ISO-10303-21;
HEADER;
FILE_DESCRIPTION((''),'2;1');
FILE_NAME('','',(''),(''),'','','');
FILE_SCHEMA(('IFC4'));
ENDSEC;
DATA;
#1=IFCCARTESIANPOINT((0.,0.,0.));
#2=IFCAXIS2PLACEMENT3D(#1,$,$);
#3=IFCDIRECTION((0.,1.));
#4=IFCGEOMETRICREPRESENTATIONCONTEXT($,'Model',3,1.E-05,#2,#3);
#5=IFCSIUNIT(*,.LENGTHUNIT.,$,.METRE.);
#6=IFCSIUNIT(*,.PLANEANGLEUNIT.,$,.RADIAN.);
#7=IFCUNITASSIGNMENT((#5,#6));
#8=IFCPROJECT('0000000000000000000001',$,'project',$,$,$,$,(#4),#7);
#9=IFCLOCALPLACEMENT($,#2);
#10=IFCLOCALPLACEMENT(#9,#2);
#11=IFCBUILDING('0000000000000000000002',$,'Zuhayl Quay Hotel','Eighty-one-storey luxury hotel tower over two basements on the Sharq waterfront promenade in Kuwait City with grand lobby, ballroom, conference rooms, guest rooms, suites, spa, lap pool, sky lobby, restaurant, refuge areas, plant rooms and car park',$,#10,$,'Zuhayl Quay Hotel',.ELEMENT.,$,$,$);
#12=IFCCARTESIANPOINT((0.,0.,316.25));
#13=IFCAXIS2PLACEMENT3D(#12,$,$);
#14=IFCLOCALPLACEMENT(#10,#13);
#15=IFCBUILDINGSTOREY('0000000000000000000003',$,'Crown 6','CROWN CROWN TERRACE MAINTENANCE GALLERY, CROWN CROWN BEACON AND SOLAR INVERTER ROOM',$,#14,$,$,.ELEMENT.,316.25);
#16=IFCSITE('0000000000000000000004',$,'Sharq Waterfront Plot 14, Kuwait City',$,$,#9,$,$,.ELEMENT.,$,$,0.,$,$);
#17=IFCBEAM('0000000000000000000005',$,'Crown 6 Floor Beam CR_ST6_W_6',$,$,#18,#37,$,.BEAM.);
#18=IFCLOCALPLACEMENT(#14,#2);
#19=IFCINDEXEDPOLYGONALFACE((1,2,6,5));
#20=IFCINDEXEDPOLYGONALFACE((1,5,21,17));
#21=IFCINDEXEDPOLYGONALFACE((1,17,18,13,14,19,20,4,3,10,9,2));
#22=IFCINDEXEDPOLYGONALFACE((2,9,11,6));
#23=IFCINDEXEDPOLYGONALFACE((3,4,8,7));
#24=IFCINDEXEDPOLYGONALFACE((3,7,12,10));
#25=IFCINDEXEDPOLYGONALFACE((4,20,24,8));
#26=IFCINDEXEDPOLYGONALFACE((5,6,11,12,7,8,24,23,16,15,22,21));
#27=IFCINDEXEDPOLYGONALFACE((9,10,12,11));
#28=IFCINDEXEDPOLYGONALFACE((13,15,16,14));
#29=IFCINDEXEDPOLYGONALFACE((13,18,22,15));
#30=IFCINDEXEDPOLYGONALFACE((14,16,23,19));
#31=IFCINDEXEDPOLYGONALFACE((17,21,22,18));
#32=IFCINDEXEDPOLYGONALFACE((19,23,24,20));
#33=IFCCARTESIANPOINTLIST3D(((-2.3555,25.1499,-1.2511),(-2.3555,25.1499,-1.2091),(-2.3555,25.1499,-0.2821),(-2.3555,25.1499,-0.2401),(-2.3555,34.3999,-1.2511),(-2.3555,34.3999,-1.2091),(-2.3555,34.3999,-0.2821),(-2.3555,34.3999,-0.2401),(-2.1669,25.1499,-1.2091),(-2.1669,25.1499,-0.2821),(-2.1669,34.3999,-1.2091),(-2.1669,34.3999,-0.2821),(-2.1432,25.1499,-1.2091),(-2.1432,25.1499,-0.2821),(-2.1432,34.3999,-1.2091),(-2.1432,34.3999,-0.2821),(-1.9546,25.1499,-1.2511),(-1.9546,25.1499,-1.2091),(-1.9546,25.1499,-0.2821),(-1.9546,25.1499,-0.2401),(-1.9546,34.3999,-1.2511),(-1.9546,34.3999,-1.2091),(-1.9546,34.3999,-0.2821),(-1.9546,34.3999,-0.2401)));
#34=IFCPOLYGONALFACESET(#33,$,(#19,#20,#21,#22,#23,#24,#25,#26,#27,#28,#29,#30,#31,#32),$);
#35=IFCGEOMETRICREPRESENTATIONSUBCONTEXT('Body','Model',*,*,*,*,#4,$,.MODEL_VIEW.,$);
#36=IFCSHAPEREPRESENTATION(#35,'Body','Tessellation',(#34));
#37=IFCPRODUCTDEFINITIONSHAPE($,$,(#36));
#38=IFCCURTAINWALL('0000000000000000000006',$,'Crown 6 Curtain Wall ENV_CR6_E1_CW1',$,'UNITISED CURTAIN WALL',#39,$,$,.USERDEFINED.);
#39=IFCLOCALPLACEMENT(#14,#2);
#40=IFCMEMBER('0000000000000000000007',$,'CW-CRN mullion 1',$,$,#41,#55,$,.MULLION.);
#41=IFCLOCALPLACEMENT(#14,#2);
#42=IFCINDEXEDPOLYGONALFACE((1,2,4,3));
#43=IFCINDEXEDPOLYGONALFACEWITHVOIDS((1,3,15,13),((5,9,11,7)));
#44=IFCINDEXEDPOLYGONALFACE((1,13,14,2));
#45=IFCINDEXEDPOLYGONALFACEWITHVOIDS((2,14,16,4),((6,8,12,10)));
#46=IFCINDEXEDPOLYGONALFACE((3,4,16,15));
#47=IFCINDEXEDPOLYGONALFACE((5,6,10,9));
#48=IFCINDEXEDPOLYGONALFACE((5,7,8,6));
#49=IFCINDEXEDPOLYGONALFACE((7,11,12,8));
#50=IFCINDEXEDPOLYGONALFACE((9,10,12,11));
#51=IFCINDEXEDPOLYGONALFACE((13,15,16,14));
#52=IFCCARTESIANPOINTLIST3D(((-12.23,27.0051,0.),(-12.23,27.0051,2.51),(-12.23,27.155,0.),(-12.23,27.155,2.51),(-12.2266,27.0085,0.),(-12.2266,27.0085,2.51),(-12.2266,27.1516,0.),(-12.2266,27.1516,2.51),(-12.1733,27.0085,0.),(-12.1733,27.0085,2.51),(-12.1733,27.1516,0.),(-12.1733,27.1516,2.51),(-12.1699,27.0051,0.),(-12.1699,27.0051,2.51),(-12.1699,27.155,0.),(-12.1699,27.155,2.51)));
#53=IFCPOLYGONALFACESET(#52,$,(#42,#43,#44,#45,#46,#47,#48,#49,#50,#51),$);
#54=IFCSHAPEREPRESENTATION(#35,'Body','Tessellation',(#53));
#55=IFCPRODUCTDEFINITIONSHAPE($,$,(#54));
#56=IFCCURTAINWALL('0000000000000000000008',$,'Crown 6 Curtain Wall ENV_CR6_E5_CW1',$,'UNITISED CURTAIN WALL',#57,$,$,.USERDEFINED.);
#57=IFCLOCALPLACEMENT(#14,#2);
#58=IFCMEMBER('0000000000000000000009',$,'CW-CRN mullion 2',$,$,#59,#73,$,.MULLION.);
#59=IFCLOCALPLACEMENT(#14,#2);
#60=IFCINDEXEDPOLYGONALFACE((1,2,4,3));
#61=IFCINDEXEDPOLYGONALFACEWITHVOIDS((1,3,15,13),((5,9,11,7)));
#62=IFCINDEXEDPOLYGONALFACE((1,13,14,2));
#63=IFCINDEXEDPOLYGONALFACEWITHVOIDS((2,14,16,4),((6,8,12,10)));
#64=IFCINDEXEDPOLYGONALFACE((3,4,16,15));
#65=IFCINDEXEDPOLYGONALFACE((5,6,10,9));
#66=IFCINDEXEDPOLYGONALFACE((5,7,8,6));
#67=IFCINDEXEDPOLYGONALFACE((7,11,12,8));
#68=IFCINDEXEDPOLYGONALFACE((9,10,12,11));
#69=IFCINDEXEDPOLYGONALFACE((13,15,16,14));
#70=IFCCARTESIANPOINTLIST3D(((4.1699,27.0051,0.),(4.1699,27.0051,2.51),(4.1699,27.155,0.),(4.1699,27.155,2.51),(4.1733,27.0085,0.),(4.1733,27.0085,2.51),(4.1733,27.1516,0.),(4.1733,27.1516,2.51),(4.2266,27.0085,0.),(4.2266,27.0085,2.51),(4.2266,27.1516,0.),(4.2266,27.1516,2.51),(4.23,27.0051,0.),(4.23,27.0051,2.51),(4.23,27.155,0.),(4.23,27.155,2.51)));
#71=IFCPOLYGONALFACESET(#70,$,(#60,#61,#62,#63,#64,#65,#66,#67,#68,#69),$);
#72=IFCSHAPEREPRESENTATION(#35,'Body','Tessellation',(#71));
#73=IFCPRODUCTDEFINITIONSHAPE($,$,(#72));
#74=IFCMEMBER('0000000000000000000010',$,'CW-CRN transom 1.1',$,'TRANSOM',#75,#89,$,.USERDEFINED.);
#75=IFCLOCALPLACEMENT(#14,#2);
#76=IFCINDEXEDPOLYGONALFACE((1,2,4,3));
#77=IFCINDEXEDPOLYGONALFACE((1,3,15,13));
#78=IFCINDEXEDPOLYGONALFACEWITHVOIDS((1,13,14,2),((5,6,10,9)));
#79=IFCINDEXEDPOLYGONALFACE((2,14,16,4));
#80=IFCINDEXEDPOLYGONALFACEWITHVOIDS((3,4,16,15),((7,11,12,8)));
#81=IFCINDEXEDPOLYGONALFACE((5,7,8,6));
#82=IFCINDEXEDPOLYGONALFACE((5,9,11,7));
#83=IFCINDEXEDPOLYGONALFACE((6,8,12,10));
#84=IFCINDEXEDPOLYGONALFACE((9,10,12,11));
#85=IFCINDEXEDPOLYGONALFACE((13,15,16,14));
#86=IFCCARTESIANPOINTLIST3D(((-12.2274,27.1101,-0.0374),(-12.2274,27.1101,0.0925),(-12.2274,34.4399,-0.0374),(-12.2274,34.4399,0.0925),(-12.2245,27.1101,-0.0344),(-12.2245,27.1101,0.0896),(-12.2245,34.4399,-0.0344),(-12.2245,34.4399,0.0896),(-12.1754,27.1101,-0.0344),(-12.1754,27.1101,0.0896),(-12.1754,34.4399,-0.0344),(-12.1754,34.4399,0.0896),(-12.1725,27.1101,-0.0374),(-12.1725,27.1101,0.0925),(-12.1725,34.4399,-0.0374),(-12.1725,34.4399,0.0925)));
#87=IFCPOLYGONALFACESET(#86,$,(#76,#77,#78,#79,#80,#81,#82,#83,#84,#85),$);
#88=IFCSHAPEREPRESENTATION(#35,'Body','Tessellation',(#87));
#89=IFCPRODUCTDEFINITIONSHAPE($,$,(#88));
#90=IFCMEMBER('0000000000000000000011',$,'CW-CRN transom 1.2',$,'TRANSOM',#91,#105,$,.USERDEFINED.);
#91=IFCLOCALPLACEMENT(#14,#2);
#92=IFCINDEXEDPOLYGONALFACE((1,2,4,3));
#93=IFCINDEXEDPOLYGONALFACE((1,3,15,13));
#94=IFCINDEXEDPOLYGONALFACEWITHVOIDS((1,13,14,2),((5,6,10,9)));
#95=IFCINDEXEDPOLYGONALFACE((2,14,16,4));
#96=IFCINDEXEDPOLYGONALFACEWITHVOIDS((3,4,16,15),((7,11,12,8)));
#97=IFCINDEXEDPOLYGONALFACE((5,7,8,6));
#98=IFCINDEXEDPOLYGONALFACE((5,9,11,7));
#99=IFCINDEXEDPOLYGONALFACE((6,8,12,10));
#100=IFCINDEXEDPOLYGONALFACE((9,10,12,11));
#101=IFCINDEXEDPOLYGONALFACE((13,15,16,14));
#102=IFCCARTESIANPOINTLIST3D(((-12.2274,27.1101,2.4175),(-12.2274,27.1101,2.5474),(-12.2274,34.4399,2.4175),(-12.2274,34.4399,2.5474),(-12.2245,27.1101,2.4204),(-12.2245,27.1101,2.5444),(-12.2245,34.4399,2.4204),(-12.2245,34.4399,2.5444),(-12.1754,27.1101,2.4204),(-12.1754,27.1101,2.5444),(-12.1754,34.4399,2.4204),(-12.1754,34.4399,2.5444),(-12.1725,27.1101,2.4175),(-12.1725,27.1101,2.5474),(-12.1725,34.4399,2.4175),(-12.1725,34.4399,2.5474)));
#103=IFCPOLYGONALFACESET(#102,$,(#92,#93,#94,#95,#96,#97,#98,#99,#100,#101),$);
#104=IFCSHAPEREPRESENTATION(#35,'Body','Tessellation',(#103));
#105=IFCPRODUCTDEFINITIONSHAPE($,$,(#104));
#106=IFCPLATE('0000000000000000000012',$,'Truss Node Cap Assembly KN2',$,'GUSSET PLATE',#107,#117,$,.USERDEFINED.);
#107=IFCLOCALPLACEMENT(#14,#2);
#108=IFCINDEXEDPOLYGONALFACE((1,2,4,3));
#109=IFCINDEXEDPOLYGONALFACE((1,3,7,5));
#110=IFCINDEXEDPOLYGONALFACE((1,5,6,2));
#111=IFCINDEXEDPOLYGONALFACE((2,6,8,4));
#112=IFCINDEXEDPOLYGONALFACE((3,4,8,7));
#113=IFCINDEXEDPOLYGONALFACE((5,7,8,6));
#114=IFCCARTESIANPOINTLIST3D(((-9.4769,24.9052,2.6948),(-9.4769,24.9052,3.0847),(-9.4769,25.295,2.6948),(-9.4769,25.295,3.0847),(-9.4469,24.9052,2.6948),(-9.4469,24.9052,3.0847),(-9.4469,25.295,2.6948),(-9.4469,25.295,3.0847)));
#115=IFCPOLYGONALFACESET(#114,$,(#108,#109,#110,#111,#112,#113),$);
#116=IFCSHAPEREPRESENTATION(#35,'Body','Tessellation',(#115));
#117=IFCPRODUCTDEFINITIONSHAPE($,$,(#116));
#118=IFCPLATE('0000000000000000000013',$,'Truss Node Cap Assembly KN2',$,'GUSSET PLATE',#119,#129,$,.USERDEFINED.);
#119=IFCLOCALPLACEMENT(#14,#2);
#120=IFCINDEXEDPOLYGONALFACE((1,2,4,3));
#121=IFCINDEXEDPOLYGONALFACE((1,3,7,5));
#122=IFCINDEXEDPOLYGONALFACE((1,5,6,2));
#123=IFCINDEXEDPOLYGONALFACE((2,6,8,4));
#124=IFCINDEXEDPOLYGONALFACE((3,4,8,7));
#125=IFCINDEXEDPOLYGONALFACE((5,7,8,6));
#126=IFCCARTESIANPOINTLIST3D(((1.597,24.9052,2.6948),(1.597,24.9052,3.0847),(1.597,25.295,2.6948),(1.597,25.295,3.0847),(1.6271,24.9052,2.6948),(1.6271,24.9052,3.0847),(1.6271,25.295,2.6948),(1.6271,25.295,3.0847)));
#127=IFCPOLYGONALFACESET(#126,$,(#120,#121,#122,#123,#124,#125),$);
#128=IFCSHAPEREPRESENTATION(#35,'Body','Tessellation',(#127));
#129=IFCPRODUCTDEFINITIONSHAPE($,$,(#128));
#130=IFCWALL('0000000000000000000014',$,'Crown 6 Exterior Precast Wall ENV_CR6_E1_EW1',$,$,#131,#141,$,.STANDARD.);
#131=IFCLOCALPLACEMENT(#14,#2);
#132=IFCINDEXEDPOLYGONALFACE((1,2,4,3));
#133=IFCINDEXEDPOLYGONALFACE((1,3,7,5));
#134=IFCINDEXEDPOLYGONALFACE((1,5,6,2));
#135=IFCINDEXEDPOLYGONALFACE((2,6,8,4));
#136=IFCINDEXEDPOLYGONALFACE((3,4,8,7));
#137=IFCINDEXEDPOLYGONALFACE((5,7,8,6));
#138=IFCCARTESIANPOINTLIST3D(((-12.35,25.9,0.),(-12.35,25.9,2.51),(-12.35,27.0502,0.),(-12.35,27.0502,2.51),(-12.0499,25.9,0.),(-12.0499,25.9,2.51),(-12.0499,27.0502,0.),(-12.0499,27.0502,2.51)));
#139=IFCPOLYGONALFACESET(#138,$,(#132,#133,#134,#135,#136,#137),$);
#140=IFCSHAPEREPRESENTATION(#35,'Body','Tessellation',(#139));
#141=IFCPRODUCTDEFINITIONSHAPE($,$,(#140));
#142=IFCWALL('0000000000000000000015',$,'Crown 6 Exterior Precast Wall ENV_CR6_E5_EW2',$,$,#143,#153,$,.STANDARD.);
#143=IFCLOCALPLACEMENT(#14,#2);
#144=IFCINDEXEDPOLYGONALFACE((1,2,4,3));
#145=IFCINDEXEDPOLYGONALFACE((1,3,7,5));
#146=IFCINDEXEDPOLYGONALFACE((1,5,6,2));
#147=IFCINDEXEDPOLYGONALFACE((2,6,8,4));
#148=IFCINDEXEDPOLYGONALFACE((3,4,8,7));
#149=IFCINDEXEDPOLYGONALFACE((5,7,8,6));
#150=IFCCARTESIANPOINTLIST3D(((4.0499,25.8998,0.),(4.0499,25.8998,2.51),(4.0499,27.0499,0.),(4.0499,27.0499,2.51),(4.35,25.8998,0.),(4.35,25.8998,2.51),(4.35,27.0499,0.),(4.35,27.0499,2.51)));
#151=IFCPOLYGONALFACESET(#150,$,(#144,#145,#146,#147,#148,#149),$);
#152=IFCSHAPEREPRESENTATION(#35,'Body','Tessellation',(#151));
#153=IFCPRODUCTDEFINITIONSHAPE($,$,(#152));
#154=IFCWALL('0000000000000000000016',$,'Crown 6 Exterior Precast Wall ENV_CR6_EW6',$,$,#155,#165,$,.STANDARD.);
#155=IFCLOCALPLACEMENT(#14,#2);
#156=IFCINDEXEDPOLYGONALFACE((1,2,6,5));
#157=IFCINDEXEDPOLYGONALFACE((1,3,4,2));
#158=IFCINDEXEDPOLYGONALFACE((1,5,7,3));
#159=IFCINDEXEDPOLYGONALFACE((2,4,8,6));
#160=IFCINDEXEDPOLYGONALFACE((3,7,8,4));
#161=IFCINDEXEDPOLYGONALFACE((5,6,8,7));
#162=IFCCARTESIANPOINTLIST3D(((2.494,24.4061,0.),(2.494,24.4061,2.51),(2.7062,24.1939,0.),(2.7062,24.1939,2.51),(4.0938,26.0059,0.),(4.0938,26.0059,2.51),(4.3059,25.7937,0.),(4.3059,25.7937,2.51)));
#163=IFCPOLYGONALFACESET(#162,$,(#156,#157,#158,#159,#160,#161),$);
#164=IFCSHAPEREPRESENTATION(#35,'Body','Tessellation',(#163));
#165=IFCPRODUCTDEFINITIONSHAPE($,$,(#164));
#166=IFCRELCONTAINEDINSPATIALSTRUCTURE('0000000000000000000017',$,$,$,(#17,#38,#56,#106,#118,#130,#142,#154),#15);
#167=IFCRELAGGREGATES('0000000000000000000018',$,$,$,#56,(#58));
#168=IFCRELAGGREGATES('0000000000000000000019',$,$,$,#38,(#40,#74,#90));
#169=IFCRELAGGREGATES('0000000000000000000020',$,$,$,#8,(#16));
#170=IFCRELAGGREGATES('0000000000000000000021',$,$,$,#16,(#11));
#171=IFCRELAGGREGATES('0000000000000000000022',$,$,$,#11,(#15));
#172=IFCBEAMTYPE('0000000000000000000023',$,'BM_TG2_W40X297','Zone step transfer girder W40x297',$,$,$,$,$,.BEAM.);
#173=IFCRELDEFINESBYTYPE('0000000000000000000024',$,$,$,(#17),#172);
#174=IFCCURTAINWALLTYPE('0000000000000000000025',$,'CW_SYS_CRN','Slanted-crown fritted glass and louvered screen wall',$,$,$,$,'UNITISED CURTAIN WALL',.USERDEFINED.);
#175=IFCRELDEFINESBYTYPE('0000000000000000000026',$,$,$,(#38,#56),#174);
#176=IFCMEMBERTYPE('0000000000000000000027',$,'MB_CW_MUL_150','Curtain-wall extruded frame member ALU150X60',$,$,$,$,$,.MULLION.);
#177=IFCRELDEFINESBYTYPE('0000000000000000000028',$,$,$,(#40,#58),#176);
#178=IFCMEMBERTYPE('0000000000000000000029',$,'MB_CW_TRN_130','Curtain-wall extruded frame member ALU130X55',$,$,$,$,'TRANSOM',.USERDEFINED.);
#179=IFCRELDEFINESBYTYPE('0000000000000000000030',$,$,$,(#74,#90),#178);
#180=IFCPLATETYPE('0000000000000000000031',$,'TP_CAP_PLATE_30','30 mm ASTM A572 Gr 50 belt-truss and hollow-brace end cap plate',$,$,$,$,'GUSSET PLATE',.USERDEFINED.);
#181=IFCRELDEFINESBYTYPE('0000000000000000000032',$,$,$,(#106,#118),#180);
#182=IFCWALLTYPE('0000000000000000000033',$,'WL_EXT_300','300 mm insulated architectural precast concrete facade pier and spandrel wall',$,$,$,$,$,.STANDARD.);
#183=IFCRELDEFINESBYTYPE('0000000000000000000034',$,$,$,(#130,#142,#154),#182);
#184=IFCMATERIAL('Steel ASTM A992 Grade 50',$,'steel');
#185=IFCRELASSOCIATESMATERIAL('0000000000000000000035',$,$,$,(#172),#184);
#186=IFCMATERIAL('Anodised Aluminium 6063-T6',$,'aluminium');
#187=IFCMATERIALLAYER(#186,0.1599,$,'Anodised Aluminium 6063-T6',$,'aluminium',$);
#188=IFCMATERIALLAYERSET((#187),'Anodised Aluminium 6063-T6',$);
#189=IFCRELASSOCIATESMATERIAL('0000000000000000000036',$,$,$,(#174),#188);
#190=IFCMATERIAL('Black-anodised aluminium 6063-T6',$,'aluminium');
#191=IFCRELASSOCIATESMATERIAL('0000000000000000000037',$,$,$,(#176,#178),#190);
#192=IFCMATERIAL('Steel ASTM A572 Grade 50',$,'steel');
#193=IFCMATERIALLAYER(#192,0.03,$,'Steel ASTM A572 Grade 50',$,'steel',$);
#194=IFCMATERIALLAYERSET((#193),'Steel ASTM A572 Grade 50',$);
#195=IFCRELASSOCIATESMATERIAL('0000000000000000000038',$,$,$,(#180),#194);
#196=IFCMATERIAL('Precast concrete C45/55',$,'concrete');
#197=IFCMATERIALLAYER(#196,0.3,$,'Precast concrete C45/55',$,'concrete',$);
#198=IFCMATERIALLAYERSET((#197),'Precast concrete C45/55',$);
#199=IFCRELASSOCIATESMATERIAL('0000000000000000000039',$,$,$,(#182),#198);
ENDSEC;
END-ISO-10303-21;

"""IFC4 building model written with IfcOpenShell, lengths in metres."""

from ifc_helpers import new_model, si_unit, direction, frame, frame_2d, origin, origin_2d, place, context, subcontext, project, spatial, rectangle, hollow_rectangle, i_section, extrude, material, layer, layer_set, material_profile, profile_set, type_object, element, aggregate, save


model = new_model("IFC4")

# Units and contexts
model_context = context("Model", 3, precision=1e-05, world=origin(), true_north=direction((0.0, 1.0)))
body_context = subcontext(model_context, "Body", "Model", "MODEL_VIEW")
ifc_project = project(units=[si_unit("LENGTHUNIT", "METRE"), si_unit("PLANEANGLEUNIT", "RADIAN")], contexts=[model_context])

# Site, building, storey
site_placement = place(None, origin())
site = spatial("IfcSite", under=ifc_project, at=site_placement, Name="Sharq Waterfront Plot 14, Kuwait City", CompositionType="ELEMENT", RefElevation=0.0)
building_placement = place(site_placement, origin())
building = spatial("IfcBuilding", under=site, at=building_placement, Name="Zuhayl Quay Hotel", Description="Eighty-one-storey luxury hotel tower over two basements on the Sharq waterfront promenade in Kuwait City with grand lobby, ballroom, conference rooms, guest rooms, suites, spa, lap pool, sky lobby, restaurant, refuge areas, plant rooms and car park", LongName="Zuhayl Quay Hotel", CompositionType="ELEMENT")
storey_placement = place(building_placement, frame((0.0, 0.0, 316.25)))
storey = spatial("IfcBuildingStorey", under=building, at=storey_placement, Name="Crown 6", Description="CROWN CROWN TERRACE MAINTENANCE GALLERY, CROWN CROWN BEACON AND SOLAR INVERTER ROOM", CompositionType="ELEMENT", Elevation=316.25)

# Beam
ifc_material_1 = material(Name="Steel ASTM A992 Grade 50", Category="steel")
ifc_material_profile_1 = material_profile(ifc_material_1, i_section(OverallWidth=0.4009, OverallDepth=1.011, WebThickness=0.0237, FlangeThickness=0.042, at=origin_2d()), Name="W40X297")
ifc_profile_set_1 = profile_set([ifc_material_profile_1], Name="Steel ASTM A992 Grade 50")
beam_type_1 = type_object("IfcBeamType", Name="BM_TG2_W40X297", Description="Zone step transfer girder W40x297", PredefinedType="BEAM", material=ifc_profile_set_1)
for number, where, z_axis, x_axis, name in (
    (1, (-2.155, 25.1499, -0.7456), (0.0, 1.0, 0.0), (-1.0, 0.0, 0.0), "Crown 6 Floor Beam CR_ST6_W_6"),
):
    element("IfcBeam", number, at=place(storey_placement, frame(where, z_axis=z_axis, x_axis=x_axis)), inside=storey, type_object=beam_type_1, Name=name, PredefinedType="BEAM", context=body_context, shape_type="SweptSolid", body=[
        extrude(i_section(OverallWidth=0.4009, OverallDepth=1.011, WebThickness=0.0237, FlangeThickness=0.042, at=origin_2d()), origin(), (0.0, 0.0, 1.0), 9.25),
    ])

# Curtain walls, members
ifc_material_2 = material(Name="Anodised Aluminium 6063-T6", Category="aluminium")
ifc_layer_1 = layer(ifc_material_2, 0.1599, Name="Anodised Aluminium 6063-T6", Category="aluminium")
ifc_layer_set_1 = layer_set([ifc_layer_1], Name="Anodised Aluminium 6063-T6")
curtain_wall_type = type_object("IfcCurtainWallType", Name="CW_SYS_CRN", Description="Slanted-crown fritted glass and louvered screen wall", ElementType="UNITISED CURTAIN WALL", PredefinedType="USERDEFINED", material=ifc_layer_set_1)
curtain_wall_1_placement = place(storey_placement, origin())
curtain_wall_1 = element("IfcCurtainWall", 2, at=curtain_wall_1_placement, inside=storey, type_object=curtain_wall_type, Name="Crown 6 Curtain Wall ENV_CR6_E1_CW1", ObjectType="UNITISED CURTAIN WALL", PredefinedType="USERDEFINED")
ifc_material_3 = material(Name="Black-anodised aluminium 6063-T6", Category="aluminium")
ifc_material_profile_2 = material_profile(ifc_material_3, hollow_rectangle(XDim=0.0601, YDim=0.1499, WallThickness=0.0034, at=origin_2d()), Name="ALU150X60")
ifc_profile_set_2 = profile_set([ifc_material_profile_2], Name="Black-anodised aluminium 6063-T6")
member_type_1 = type_object("IfcMemberType", Name="MB_CW_MUL_150", Description="Curtain-wall extruded frame member ALU150X60", PredefinedType="MULLION", material=ifc_profile_set_2)
member_1_placement = place(storey_placement, frame((-12.2, 27.0801, 0.0), z_axis=(0.0, 0.0, 1.0), x_axis=(-1.0, 0.0, 0.0)))
member_1 = element("IfcMember", 3, at=member_1_placement, type_object=member_type_1, Name="CW-CRN mullion 1", PredefinedType="MULLION", context=body_context, shape_type="SweptSolid", body=[
    extrude(hollow_rectangle(XDim=0.0601, YDim=0.1499, WallThickness=0.0034, at=origin_2d()), origin(), (0.0, 0.0, 1.0), 2.51),
])
curtain_wall_2_placement = place(storey_placement, origin())
curtain_wall_2 = element("IfcCurtainWall", 4, at=curtain_wall_2_placement, inside=storey, type_object=curtain_wall_type, Name="Crown 6 Curtain Wall ENV_CR6_E5_CW1", ObjectType="UNITISED CURTAIN WALL", PredefinedType="USERDEFINED")
member_2_placement = place(storey_placement, frame((4.2, 27.0801, 0.0), z_axis=(0.0, 0.0, 1.0), x_axis=(1.0, 0.0, 0.0)))
member_2 = element("IfcMember", 5, at=member_2_placement, type_object=member_type_1, Name="CW-CRN mullion 2", PredefinedType="MULLION", context=body_context, shape_type="SweptSolid", body=[
    extrude(hollow_rectangle(XDim=0.0601, YDim=0.1499, WallThickness=0.0034, at=origin_2d()), origin(), (0.0, 0.0, 1.0), 2.51),
])
aggregate(curtain_wall_2, [member_2])

# Members
ifc_material_profile_3 = material_profile(ifc_material_3, hollow_rectangle(XDim=0.0549, YDim=0.1299, WallThickness=0.0029, at=origin_2d()), Name="ALU130X55")
ifc_profile_set_3 = profile_set([ifc_material_profile_3], Name="Black-anodised aluminium 6063-T6")
member_type_2 = type_object("IfcMemberType", Name="MB_CW_TRN_130", Description="Curtain-wall extruded frame member ALU130X55", ElementType="TRANSOM", PredefinedType="USERDEFINED", material=ifc_profile_set_3)
member_3_placement = place(storey_placement, frame((-12.2, 27.1101, 0.0276), z_axis=(0.0, 1.0, 0.0), x_axis=(-1.0, 0.0, 0.0)))
member_3 = element("IfcMember", 6, at=member_3_placement, type_object=member_type_2, Name="CW-CRN transom 1.1", ObjectType="TRANSOM", PredefinedType="USERDEFINED", context=body_context, shape_type="SweptSolid", body=[
    extrude(hollow_rectangle(XDim=0.0549, YDim=0.1299, WallThickness=0.0029, at=origin_2d()), origin(), (0.0, 0.0, 1.0), 7.3298),
])
member_4_placement = place(storey_placement, frame((-12.2, 27.1101, 2.4824), z_axis=(0.0, 1.0, 0.0), x_axis=(-1.0, 0.0, 0.0)))
member_4 = element("IfcMember", 7, at=member_4_placement, type_object=member_type_2, Name="CW-CRN transom 1.2", ObjectType="TRANSOM", PredefinedType="USERDEFINED", context=body_context, shape_type="SweptSolid", body=[
    extrude(hollow_rectangle(XDim=0.0549, YDim=0.1299, WallThickness=0.0029, at=origin_2d()), origin(), (0.0, 0.0, 1.0), 7.3298),
])
aggregate(curtain_wall_1, [member_1, member_3, member_4])

# Plates
ifc_material_4 = material(Name="Steel ASTM A572 Grade 50", Category="steel")
ifc_layer_2 = layer(ifc_material_4, 0.03, Name="Steel ASTM A572 Grade 50", Category="steel")
ifc_layer_set_2 = layer_set([ifc_layer_2], Name="Steel ASTM A572 Grade 50")
plate_type = type_object("IfcPlateType", Name="TP_CAP_PLATE_30", Description="30 mm ASTM A572 Gr 50 belt-truss and hollow-brace end cap plate", ElementType="GUSSET PLATE", PredefinedType="USERDEFINED", material=ifc_layer_set_2)
for number, where, z_axis, x_axis, name in (
    (8, (-9.4619, 25.1001, 2.6948), (0.0, 0.0, 1.0), (-1.0, 0.0, 0.0), "Truss Node Cap Assembly KN2"),
    (9, (1.6121, 25.1001, 2.6948), (0.0, 0.0, 1.0), (1.0, 0.0, 0.0), "Truss Node Cap Assembly KN2"),
):
    element("IfcPlate", number, at=place(storey_placement, frame(where, z_axis=z_axis, x_axis=x_axis)), inside=storey, type_object=plate_type, Name=name, ObjectType="GUSSET PLATE", PredefinedType="USERDEFINED", context=body_context, shape_type="SweptSolid", body=[
        extrude(rectangle(XDim=0.03, YDim=0.3899, at=origin_2d()), origin(), (0.0, 0.0, 1.0), 0.3899),
    ])

# Walls
ifc_material_5 = material(Name="Precast concrete C45/55", Category="concrete")
ifc_layer_3 = layer(ifc_material_5, 0.3, Name="Precast concrete C45/55", Category="concrete")
ifc_layer_set_3 = layer_set([ifc_layer_3], Name="Precast concrete C45/55")
wall_type_1 = type_object("IfcWallType", Name="WL_EXT_300", Description="300 mm insulated architectural precast concrete facade pier and spandrel wall", PredefinedType="STANDARD", material=ifc_layer_set_3)
for number, where, z_axis, x_axis, name in (
    (10, (-12.2, 25.8999, 0.0), (0.0, 0.0, 1.0), (0.0, 1.0, 0.0), "Crown 6 Exterior Precast Wall ENV_CR6_E1_EW1"),
    (11, (4.2, 27.05, 0.0), (0.0, 0.0, 1.0), (0.0, -1.0, 0.0), "Crown 6 Exterior Precast Wall ENV_CR6_E5_EW2"),
):
    element("IfcWall", number, at=place(storey_placement, frame(where, z_axis=z_axis, x_axis=x_axis)), inside=storey, type_object=wall_type_1, Name=name, PredefinedType="STANDARD", context=body_context, shape_type="SweptSolid", body=[
        extrude(rectangle(XDim=1.1501, YDim=0.3, at=frame_2d((0.5752, 0.0))), origin(), (0.0, 0.0, 1.0), 2.51),
    ])
wall_1_placement = place(storey_placement, frame((4.2, 25.8999, 0.0), z_axis=(0.0, 0.0, 1.0), x_axis=(-0.707107, -0.707107, 0.0)))
element("IfcWall", 12, at=wall_1_placement, inside=storey, type_object=wall_type_1, Name="Crown 6 Exterior Precast Wall ENV_CR6_EW6", PredefinedType="STANDARD", context=body_context, shape_type="SweptSolid", body=[
    extrude(rectangle(XDim=2.2625, YDim=0.3, at=frame_2d((1.1313, 0.0))), origin(), (0.0, 0.0, 1.0), 2.51),
])

save(model, "model.ifc")
